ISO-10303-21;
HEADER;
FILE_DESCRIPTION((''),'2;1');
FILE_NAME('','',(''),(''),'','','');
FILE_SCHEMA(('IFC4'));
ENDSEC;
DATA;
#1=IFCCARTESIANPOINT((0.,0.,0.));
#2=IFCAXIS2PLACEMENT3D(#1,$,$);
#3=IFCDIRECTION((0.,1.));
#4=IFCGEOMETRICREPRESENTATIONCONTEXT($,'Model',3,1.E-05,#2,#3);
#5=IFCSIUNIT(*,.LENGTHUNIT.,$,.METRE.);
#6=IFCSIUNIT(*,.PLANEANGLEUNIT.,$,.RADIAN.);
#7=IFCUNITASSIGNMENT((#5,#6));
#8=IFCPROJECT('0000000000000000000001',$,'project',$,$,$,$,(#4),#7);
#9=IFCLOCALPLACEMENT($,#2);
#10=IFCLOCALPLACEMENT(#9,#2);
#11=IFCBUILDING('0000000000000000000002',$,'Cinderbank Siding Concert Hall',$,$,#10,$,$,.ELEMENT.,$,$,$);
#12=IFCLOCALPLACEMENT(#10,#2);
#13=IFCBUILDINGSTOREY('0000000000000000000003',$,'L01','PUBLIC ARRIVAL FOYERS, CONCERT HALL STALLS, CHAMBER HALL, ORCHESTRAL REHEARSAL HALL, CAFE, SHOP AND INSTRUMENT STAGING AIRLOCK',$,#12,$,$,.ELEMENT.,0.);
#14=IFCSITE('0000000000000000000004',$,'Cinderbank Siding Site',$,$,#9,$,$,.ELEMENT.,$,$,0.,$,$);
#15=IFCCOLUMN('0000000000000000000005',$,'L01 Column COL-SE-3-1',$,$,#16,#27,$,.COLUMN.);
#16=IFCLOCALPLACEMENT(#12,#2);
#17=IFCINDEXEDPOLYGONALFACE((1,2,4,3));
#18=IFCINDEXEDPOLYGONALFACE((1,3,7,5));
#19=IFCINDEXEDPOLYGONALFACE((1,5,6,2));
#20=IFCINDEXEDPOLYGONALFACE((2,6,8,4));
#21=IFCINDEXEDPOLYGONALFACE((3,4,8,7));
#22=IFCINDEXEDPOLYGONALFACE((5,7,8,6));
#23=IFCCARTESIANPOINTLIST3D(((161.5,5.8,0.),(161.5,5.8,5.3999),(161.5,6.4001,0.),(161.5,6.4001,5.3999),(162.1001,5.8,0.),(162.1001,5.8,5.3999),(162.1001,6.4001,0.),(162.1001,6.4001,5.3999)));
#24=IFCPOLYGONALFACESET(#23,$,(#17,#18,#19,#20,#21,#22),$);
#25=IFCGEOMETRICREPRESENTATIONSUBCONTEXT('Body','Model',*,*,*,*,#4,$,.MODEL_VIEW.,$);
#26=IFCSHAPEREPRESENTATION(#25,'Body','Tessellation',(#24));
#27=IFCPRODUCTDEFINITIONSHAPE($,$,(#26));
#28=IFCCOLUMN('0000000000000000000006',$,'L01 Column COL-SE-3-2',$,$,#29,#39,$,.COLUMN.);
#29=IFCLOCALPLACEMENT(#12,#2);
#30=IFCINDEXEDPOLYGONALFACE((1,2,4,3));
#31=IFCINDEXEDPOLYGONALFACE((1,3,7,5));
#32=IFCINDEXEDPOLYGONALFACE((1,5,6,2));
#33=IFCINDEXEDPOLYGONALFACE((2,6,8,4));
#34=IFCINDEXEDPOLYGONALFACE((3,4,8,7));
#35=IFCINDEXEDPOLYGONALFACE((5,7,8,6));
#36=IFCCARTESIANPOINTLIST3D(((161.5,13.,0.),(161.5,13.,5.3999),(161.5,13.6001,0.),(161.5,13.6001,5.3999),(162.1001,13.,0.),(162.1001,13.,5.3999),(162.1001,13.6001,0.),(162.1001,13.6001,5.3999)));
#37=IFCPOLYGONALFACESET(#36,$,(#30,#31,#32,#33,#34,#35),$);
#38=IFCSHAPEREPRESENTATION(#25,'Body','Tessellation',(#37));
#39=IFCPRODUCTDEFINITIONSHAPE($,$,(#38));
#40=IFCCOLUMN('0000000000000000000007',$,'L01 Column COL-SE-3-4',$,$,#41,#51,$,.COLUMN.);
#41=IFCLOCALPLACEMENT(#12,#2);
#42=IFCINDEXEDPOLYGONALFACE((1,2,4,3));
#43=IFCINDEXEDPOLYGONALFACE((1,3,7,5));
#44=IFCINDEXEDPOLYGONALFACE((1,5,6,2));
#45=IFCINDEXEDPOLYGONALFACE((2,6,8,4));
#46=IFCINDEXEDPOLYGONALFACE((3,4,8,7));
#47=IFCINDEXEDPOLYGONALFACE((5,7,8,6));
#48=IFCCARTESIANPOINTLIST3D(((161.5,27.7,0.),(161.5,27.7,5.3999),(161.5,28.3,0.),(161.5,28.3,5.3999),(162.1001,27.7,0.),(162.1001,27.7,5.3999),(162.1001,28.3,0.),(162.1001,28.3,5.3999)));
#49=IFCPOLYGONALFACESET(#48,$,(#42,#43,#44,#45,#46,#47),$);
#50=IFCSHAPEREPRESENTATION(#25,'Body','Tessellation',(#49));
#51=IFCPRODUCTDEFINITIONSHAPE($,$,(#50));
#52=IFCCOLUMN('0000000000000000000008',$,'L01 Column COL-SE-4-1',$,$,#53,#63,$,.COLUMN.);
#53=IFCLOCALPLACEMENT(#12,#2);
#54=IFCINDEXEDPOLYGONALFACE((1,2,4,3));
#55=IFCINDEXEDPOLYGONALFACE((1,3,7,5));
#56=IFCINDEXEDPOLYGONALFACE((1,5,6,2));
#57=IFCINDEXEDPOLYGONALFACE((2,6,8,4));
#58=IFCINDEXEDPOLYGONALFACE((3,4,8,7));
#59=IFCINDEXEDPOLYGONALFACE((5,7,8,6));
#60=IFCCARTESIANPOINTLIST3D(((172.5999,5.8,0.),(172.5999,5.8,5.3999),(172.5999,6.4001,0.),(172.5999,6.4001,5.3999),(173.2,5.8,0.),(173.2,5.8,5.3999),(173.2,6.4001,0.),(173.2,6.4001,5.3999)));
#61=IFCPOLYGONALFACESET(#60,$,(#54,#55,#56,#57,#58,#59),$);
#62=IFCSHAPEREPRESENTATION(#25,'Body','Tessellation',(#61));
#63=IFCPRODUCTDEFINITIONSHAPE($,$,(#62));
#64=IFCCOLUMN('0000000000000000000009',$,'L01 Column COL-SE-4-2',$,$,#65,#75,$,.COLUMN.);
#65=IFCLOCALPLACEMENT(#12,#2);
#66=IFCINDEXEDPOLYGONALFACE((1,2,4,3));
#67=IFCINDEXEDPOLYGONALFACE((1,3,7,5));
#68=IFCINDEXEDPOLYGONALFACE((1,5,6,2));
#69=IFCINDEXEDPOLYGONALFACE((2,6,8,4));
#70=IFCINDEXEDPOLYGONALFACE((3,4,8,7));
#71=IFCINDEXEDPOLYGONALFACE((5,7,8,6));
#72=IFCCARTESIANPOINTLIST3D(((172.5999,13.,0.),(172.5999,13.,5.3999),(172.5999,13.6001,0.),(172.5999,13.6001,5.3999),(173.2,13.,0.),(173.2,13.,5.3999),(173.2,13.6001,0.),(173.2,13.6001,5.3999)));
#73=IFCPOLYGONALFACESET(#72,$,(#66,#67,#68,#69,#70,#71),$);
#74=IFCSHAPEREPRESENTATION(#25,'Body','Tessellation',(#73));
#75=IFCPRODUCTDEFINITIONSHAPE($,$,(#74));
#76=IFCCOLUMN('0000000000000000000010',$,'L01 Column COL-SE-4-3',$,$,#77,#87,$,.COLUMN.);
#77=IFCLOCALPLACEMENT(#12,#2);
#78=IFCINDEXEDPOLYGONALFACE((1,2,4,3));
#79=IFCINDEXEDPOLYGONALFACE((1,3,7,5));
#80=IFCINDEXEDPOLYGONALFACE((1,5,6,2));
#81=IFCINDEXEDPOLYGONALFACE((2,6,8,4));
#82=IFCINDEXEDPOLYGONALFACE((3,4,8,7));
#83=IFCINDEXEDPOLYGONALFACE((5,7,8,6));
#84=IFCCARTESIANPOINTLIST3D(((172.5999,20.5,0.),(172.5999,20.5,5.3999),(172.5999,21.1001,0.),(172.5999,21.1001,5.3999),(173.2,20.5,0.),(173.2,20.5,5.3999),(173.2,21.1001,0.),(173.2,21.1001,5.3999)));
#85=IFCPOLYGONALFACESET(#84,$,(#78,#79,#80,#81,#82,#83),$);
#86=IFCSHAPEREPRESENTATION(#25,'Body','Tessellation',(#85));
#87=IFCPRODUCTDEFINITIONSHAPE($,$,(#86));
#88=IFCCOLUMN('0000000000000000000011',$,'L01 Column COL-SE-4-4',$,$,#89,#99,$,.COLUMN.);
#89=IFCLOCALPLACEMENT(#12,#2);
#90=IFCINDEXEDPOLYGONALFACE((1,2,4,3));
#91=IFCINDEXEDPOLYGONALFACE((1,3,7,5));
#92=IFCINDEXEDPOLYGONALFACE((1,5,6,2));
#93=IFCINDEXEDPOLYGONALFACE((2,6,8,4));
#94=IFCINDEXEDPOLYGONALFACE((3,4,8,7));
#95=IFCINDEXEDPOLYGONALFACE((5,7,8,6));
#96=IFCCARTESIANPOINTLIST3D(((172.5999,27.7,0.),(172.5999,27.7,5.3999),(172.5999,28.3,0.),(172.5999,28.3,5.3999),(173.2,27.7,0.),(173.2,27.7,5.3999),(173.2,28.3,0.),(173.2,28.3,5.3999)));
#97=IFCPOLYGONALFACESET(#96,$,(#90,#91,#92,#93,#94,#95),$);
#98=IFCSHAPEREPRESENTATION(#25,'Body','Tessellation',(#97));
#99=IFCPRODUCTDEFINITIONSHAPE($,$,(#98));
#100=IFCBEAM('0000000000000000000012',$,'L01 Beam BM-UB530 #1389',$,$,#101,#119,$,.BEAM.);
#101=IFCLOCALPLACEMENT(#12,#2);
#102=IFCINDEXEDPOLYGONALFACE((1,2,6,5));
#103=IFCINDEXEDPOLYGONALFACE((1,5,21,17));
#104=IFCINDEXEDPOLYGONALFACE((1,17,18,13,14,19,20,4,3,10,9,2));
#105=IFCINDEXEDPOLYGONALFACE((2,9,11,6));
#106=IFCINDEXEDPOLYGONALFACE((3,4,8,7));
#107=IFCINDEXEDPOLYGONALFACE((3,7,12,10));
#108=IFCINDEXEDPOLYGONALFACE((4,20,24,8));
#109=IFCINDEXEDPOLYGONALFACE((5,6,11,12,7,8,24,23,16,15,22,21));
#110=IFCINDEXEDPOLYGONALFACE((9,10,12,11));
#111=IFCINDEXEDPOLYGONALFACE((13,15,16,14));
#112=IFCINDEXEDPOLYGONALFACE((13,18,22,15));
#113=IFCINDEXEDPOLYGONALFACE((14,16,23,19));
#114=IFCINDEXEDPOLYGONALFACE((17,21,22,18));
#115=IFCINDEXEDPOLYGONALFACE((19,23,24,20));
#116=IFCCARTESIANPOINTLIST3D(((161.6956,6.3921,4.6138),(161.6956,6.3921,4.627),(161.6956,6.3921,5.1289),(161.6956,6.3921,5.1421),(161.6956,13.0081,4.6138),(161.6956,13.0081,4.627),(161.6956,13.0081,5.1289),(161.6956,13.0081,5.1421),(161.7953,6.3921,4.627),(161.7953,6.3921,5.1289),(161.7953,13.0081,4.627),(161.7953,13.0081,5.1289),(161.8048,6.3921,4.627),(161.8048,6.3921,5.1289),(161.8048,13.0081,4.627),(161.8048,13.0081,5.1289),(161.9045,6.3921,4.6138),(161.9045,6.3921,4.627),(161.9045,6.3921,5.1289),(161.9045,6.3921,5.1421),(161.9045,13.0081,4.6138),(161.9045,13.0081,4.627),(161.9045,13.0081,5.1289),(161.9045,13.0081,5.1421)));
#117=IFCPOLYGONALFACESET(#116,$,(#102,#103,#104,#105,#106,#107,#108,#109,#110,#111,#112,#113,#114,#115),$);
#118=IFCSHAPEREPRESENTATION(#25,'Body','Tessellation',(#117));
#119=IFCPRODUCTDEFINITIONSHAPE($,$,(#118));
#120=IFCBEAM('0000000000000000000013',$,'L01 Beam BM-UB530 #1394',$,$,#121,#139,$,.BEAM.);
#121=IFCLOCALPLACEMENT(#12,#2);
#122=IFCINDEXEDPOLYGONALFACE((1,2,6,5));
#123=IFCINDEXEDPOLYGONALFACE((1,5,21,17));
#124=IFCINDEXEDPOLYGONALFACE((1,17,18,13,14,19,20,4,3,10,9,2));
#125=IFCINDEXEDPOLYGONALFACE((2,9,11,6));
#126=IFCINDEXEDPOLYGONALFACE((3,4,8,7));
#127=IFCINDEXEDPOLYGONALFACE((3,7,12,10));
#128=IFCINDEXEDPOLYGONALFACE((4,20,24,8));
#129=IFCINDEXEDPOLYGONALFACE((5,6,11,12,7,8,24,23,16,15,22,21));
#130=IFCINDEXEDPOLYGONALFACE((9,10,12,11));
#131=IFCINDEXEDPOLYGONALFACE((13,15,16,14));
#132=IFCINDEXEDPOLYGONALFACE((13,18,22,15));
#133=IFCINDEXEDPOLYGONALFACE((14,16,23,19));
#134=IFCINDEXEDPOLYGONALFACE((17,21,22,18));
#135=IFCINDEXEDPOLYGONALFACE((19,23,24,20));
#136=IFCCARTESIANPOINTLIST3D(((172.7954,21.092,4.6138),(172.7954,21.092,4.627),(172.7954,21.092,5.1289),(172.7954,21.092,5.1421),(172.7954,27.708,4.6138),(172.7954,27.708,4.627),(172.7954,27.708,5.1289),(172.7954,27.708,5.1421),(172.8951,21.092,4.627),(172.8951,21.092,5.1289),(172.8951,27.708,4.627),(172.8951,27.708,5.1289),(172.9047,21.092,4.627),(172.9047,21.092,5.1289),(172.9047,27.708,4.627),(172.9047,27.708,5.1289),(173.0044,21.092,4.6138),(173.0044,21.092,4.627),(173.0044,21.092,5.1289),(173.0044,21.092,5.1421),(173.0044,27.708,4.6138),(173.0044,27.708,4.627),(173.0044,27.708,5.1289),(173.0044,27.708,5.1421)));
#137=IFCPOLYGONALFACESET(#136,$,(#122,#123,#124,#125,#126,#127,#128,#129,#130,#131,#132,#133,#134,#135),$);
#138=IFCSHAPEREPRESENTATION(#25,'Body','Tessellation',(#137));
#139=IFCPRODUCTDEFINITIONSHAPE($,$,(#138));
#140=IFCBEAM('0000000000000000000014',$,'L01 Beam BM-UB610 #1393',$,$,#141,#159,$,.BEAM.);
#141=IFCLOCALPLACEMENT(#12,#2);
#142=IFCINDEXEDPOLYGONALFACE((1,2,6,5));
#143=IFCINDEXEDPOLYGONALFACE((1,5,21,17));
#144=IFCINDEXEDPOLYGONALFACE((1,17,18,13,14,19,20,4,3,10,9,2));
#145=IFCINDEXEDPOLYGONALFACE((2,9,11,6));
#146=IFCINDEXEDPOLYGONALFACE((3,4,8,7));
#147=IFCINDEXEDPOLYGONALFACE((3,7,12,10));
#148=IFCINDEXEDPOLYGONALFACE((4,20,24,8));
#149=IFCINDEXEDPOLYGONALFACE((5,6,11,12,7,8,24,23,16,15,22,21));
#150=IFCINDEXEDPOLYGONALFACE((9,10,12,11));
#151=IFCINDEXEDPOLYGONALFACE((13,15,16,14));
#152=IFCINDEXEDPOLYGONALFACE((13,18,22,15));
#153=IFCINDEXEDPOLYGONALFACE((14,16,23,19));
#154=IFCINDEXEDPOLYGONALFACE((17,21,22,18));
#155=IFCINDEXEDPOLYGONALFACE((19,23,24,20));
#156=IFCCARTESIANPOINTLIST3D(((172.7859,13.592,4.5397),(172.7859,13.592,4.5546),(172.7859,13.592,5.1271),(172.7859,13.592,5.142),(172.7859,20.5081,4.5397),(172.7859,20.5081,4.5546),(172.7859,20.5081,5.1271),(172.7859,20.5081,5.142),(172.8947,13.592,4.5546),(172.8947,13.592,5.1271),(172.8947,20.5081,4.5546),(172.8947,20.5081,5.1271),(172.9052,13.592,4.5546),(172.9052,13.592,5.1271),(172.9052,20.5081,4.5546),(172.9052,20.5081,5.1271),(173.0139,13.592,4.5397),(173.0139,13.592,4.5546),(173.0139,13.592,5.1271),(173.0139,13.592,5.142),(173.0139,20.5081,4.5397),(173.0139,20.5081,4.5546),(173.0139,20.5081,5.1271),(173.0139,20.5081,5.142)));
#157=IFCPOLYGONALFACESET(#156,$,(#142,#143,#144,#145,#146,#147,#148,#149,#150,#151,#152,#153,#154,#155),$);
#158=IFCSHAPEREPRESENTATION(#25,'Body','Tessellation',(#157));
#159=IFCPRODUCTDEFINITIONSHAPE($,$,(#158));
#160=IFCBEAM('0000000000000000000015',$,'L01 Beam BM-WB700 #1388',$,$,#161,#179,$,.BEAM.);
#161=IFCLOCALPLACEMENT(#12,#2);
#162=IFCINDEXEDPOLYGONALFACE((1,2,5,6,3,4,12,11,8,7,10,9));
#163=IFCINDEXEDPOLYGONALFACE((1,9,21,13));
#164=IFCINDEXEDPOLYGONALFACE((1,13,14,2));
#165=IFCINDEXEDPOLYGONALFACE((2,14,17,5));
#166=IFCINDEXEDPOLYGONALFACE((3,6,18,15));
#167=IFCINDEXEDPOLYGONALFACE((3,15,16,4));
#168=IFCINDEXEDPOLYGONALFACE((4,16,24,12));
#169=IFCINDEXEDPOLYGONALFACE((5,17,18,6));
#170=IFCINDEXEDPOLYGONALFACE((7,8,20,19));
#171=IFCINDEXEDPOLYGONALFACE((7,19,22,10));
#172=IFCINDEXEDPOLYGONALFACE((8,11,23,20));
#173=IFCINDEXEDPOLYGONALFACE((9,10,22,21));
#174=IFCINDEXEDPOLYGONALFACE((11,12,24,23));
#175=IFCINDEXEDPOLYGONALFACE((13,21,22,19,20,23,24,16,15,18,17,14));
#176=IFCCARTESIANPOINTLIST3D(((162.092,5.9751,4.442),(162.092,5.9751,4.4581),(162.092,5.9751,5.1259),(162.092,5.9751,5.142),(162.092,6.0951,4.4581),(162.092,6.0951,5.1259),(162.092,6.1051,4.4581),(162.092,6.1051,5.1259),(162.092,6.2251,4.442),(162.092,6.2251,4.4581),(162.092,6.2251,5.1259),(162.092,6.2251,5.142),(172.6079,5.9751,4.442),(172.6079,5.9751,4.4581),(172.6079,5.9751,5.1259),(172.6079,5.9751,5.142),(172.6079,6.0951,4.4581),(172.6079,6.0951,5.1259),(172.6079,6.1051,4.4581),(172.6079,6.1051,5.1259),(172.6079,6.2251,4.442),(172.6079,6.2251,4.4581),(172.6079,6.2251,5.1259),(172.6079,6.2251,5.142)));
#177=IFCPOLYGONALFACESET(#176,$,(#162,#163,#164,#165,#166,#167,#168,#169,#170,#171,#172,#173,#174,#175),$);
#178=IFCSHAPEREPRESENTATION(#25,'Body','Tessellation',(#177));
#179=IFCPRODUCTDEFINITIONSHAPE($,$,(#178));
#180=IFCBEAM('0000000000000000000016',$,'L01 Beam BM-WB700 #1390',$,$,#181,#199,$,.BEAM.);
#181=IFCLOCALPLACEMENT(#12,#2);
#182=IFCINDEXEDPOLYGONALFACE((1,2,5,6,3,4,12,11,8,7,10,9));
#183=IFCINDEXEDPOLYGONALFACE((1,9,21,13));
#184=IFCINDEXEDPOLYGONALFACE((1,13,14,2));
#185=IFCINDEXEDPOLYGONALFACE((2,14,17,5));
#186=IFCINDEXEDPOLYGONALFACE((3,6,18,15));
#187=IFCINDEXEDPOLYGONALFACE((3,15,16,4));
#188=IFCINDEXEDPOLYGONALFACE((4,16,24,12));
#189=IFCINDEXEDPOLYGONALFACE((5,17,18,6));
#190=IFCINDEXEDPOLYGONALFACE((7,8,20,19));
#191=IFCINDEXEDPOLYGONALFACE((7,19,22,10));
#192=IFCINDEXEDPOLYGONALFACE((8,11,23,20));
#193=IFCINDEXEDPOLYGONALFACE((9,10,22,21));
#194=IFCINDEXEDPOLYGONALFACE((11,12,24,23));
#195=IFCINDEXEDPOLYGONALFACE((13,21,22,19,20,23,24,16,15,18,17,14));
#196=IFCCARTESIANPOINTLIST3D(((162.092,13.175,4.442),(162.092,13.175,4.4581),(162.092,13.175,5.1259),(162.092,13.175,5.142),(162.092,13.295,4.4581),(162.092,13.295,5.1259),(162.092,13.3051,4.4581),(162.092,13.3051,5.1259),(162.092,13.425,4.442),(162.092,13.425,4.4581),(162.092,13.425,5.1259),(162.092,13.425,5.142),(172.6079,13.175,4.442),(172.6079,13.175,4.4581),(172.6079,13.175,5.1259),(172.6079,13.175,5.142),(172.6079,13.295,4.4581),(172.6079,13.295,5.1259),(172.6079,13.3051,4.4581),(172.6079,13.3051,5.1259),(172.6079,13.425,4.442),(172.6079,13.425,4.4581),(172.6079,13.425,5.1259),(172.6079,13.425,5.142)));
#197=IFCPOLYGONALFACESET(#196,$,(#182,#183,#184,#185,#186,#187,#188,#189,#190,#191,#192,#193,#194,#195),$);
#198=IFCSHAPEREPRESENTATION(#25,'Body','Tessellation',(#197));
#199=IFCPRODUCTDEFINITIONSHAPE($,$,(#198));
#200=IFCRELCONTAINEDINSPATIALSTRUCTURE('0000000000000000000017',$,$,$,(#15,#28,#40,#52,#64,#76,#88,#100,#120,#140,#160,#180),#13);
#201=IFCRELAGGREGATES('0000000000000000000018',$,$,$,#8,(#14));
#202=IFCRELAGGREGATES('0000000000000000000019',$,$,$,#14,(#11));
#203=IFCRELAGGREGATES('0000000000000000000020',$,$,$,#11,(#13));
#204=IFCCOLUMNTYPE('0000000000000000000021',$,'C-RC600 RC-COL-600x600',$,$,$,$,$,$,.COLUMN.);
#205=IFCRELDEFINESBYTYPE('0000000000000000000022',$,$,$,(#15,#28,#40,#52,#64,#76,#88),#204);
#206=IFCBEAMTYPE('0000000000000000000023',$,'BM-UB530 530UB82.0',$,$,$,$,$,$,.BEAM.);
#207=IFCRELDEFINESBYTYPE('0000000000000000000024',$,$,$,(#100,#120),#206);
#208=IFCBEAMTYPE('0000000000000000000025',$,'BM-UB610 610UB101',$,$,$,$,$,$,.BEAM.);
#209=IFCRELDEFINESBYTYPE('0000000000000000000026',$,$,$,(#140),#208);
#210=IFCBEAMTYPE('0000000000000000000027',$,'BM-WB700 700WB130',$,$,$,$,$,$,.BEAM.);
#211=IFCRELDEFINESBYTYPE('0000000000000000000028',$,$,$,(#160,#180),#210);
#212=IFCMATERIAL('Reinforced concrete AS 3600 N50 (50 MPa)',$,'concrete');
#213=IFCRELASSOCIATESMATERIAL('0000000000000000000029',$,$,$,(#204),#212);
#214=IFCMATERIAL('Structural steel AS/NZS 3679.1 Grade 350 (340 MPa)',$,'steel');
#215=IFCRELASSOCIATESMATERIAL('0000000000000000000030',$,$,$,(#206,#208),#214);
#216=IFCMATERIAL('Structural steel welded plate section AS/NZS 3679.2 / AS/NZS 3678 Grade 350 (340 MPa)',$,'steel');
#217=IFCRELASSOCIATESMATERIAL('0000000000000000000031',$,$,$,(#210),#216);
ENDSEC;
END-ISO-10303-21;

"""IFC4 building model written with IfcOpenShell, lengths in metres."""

from ifc_helpers import new_model, si_unit, direction, frame, origin, origin_2d, place, context, subcontext, project, spatial, rectangle, i_section, extrude, material, material_profile, profile_set, type_object, element, save


model = new_model("IFC4")

# Units and contexts
model_context = context("Model", 3, precision=1e-05, world=origin(), true_north=direction((0.0, 1.0)))
body_context = subcontext(model_context, "Body", "Model", "MODEL_VIEW")
ifc_project = project(units=[si_unit("LENGTHUNIT", "METRE"), si_unit("PLANEANGLEUNIT", "RADIAN")], contexts=[model_context])

# Site, building, storey
site_placement = place(None, origin())
site = spatial("IfcSite", under=ifc_project, at=site_placement, Name="Cinderbank Siding Site", CompositionType="ELEMENT", RefElevation=0.0)
building_placement = place(site_placement, origin())
building = spatial("IfcBuilding", under=site, at=building_placement, Name="Cinderbank Siding Concert Hall", CompositionType="ELEMENT")
storey_placement = place(building_placement, origin())
storey = spatial("IfcBuildingStorey", under=building, at=storey_placement, Name="L01", Description="PUBLIC ARRIVAL FOYERS, CONCERT HALL STALLS, CHAMBER HALL, ORCHESTRAL REHEARSAL HALL, CAFE, SHOP AND INSTRUMENT STAGING AIRLOCK", CompositionType="ELEMENT", Elevation=0.0)

# Columns
ifc_material_1 = material(Name="Reinforced concrete AS 3600 N50 (50 MPa)", Category="concrete")
ifc_material_profile_1 = material_profile(ifc_material_1, rectangle(XDim=0.6001, YDim=0.6001, at=origin_2d()), Name="RC-COL-600x600", Category="LoadBearing")
ifc_profile_set_1 = profile_set([ifc_material_profile_1], Name="Reinforced concrete AS 3600 N50 (50 MPa)")
column_type = type_object("IfcColumnType", Name="C-RC600 RC-COL-600x600", PredefinedType="COLUMN", material=ifc_profile_set_1)
for number, where, z_axis, x_axis, name in (
    (1, (161.8, 6.1001, 0.0), (0.0, 0.0, 1.0), (1.0, 0.0, 0.0), "L01 Column COL-SE-3-1"),
    (2, (161.8, 13.3, 0.0), (0.0, 0.0, 1.0), (1.0, 0.0, 0.0), "L01 Column COL-SE-3-2"),
    (3, (161.8, 28.0, 0.0), (0.0, 0.0, 1.0), (1.0, 0.0, 0.0), "L01 Column COL-SE-3-4"),
    (4, (172.8999, 6.1001, 0.0), (0.0, 0.0, 1.0), (1.0, 0.0, 0.0), "L01 Column COL-SE-4-1"),
    (5, (172.8999, 13.3, 0.0), (0.0, 0.0, 1.0), (1.0, 0.0, 0.0), "L01 Column COL-SE-4-2"),
    (6, (172.8999, 20.8, 0.0), (0.0, 0.0, 1.0), (1.0, 0.0, 0.0), "L01 Column COL-SE-4-3"),
    (7, (172.8999, 28.0, 0.0), (0.0, 0.0, 1.0), (1.0, 0.0, 0.0), "L01 Column COL-SE-4-4"),
):
    element("IfcColumn", number, at=place(storey_placement, frame(where, z_axis=z_axis, x_axis=x_axis)), inside=storey, type_object=column_type, Name=name, PredefinedType="COLUMN", context=body_context, shape_type="SweptSolid", body=[
        extrude(rectangle(XDim=0.6001, YDim=0.6001, at=origin_2d()), origin(), (0.0, 0.0, 1.0), 5.3999),
    ])

# Beams
ifc_material_2 = material(Name="Structural steel AS/NZS 3679.1 Grade 350 (340 MPa)", Category="steel")
ifc_material_profile_2 = material_profile(ifc_material_2, i_section(OverallWidth=0.209, OverallDepth=0.5283, WebThickness=0.0095, FlangeThickness=0.0132, at=origin_2d()), Name="530UB82.0", Category="LoadBearing")
ifc_profile_set_2 = profile_set([ifc_material_profile_2], Name="Structural steel AS/NZS 3679.1 Grade 350 (340 MPa)")
beam_type_1 = type_object("IfcBeamType", Name="BM-UB530 530UB82.0", PredefinedType="BEAM", material=ifc_profile_set_2)
for number, where, z_axis, x_axis, name in (
    (8, (161.8, 6.3921, 4.8779), (0.0, 1.0, 0.0), (-1.0, 0.0, 0.0), "L01 Beam BM-UB530 #1389"),
    (9, (172.8999, 21.092, 4.8779), (0.0, 1.0, 0.0), (-1.0, 0.0, 0.0), "L01 Beam BM-UB530 #1394"),
):
    element("IfcBeam", number, at=place(storey_placement, frame(where, z_axis=z_axis, x_axis=x_axis)), inside=storey, type_object=beam_type_1, Name=name, PredefinedType="BEAM", context=body_context, shape_type="SweptSolid", body=[
        extrude(i_section(OverallWidth=0.209, OverallDepth=0.5283, WebThickness=0.0095, FlangeThickness=0.0132, at=origin_2d()), origin(), (0.0, 0.0, 1.0), 6.616),
    ])
ifc_material_profile_3 = material_profile(ifc_material_2, i_section(OverallWidth=0.228, OverallDepth=0.6023, WebThickness=0.0105, FlangeThickness=0.0149, at=origin_2d()), Name="610UB101", Category="LoadBearing")
ifc_profile_set_3 = profile_set([ifc_material_profile_3], Name="Structural steel AS/NZS 3679.1 Grade 350 (340 MPa)")
beam_type_2 = type_object("IfcBeamType", Name="BM-UB610 610UB101", PredefinedType="BEAM", material=ifc_profile_set_3)
beam_1_placement = place(storey_placement, frame((172.8999, 13.592, 4.8408), z_axis=(0.0, 1.0, 0.0), x_axis=(-1.0, 0.0, 0.0)))
element("IfcBeam", 10, at=beam_1_placement, inside=storey, type_object=beam_type_2, Name="L01 Beam BM-UB610 #1393", PredefinedType="BEAM", context=body_context, shape_type="SweptSolid", body=[
    extrude(i_section(OverallWidth=0.228, OverallDepth=0.6023, WebThickness=0.0105, FlangeThickness=0.0149, at=origin_2d()), origin(), (0.0, 0.0, 1.0), 6.916),
])
ifc_material_3 = material(Name="Structural steel welded plate section AS/NZS 3679.2 / AS/NZS 3678 Grade 350 (340 MPa)", Category="steel")
ifc_material_profile_4 = material_profile(ifc_material_3, i_section(OverallWidth=0.25, OverallDepth=0.7, WebThickness=0.01, FlangeThickness=0.0161, at=origin_2d()), Name="700WB130", Category="LoadBearing")
ifc_profile_set_4 = profile_set([ifc_material_profile_4], Name="Structural steel welded plate section AS/NZS 3679.2 / AS/NZS 3678 Grade 350 (340 MPa)")
beam_type_3 = type_object("IfcBeamType", Name="BM-WB700 700WB130", PredefinedType="BEAM", material=ifc_profile_set_4)
for number, where, z_axis, x_axis, name in (
    (11, (162.092, 6.1001, 4.792), (1.0, 0.0, 0.0), (0.0, 1.0, 0.0), "L01 Beam BM-WB700 #1388"),
    (12, (162.092, 13.3, 4.792), (1.0, 0.0, 0.0), (0.0, 1.0, 0.0), "L01 Beam BM-WB700 #1390"),
):
    element("IfcBeam", number, at=place(storey_placement, frame(where, z_axis=z_axis, x_axis=x_axis)), inside=storey, type_object=beam_type_3, Name=name, PredefinedType="BEAM", context=body_context, shape_type="SweptSolid", body=[
        extrude(i_section(OverallWidth=0.25, OverallDepth=0.7, WebThickness=0.01, FlangeThickness=0.0161, at=origin_2d()), origin(), (0.0, 0.0, 1.0), 10.5159),
    ])

save(model, "model.ifc")
